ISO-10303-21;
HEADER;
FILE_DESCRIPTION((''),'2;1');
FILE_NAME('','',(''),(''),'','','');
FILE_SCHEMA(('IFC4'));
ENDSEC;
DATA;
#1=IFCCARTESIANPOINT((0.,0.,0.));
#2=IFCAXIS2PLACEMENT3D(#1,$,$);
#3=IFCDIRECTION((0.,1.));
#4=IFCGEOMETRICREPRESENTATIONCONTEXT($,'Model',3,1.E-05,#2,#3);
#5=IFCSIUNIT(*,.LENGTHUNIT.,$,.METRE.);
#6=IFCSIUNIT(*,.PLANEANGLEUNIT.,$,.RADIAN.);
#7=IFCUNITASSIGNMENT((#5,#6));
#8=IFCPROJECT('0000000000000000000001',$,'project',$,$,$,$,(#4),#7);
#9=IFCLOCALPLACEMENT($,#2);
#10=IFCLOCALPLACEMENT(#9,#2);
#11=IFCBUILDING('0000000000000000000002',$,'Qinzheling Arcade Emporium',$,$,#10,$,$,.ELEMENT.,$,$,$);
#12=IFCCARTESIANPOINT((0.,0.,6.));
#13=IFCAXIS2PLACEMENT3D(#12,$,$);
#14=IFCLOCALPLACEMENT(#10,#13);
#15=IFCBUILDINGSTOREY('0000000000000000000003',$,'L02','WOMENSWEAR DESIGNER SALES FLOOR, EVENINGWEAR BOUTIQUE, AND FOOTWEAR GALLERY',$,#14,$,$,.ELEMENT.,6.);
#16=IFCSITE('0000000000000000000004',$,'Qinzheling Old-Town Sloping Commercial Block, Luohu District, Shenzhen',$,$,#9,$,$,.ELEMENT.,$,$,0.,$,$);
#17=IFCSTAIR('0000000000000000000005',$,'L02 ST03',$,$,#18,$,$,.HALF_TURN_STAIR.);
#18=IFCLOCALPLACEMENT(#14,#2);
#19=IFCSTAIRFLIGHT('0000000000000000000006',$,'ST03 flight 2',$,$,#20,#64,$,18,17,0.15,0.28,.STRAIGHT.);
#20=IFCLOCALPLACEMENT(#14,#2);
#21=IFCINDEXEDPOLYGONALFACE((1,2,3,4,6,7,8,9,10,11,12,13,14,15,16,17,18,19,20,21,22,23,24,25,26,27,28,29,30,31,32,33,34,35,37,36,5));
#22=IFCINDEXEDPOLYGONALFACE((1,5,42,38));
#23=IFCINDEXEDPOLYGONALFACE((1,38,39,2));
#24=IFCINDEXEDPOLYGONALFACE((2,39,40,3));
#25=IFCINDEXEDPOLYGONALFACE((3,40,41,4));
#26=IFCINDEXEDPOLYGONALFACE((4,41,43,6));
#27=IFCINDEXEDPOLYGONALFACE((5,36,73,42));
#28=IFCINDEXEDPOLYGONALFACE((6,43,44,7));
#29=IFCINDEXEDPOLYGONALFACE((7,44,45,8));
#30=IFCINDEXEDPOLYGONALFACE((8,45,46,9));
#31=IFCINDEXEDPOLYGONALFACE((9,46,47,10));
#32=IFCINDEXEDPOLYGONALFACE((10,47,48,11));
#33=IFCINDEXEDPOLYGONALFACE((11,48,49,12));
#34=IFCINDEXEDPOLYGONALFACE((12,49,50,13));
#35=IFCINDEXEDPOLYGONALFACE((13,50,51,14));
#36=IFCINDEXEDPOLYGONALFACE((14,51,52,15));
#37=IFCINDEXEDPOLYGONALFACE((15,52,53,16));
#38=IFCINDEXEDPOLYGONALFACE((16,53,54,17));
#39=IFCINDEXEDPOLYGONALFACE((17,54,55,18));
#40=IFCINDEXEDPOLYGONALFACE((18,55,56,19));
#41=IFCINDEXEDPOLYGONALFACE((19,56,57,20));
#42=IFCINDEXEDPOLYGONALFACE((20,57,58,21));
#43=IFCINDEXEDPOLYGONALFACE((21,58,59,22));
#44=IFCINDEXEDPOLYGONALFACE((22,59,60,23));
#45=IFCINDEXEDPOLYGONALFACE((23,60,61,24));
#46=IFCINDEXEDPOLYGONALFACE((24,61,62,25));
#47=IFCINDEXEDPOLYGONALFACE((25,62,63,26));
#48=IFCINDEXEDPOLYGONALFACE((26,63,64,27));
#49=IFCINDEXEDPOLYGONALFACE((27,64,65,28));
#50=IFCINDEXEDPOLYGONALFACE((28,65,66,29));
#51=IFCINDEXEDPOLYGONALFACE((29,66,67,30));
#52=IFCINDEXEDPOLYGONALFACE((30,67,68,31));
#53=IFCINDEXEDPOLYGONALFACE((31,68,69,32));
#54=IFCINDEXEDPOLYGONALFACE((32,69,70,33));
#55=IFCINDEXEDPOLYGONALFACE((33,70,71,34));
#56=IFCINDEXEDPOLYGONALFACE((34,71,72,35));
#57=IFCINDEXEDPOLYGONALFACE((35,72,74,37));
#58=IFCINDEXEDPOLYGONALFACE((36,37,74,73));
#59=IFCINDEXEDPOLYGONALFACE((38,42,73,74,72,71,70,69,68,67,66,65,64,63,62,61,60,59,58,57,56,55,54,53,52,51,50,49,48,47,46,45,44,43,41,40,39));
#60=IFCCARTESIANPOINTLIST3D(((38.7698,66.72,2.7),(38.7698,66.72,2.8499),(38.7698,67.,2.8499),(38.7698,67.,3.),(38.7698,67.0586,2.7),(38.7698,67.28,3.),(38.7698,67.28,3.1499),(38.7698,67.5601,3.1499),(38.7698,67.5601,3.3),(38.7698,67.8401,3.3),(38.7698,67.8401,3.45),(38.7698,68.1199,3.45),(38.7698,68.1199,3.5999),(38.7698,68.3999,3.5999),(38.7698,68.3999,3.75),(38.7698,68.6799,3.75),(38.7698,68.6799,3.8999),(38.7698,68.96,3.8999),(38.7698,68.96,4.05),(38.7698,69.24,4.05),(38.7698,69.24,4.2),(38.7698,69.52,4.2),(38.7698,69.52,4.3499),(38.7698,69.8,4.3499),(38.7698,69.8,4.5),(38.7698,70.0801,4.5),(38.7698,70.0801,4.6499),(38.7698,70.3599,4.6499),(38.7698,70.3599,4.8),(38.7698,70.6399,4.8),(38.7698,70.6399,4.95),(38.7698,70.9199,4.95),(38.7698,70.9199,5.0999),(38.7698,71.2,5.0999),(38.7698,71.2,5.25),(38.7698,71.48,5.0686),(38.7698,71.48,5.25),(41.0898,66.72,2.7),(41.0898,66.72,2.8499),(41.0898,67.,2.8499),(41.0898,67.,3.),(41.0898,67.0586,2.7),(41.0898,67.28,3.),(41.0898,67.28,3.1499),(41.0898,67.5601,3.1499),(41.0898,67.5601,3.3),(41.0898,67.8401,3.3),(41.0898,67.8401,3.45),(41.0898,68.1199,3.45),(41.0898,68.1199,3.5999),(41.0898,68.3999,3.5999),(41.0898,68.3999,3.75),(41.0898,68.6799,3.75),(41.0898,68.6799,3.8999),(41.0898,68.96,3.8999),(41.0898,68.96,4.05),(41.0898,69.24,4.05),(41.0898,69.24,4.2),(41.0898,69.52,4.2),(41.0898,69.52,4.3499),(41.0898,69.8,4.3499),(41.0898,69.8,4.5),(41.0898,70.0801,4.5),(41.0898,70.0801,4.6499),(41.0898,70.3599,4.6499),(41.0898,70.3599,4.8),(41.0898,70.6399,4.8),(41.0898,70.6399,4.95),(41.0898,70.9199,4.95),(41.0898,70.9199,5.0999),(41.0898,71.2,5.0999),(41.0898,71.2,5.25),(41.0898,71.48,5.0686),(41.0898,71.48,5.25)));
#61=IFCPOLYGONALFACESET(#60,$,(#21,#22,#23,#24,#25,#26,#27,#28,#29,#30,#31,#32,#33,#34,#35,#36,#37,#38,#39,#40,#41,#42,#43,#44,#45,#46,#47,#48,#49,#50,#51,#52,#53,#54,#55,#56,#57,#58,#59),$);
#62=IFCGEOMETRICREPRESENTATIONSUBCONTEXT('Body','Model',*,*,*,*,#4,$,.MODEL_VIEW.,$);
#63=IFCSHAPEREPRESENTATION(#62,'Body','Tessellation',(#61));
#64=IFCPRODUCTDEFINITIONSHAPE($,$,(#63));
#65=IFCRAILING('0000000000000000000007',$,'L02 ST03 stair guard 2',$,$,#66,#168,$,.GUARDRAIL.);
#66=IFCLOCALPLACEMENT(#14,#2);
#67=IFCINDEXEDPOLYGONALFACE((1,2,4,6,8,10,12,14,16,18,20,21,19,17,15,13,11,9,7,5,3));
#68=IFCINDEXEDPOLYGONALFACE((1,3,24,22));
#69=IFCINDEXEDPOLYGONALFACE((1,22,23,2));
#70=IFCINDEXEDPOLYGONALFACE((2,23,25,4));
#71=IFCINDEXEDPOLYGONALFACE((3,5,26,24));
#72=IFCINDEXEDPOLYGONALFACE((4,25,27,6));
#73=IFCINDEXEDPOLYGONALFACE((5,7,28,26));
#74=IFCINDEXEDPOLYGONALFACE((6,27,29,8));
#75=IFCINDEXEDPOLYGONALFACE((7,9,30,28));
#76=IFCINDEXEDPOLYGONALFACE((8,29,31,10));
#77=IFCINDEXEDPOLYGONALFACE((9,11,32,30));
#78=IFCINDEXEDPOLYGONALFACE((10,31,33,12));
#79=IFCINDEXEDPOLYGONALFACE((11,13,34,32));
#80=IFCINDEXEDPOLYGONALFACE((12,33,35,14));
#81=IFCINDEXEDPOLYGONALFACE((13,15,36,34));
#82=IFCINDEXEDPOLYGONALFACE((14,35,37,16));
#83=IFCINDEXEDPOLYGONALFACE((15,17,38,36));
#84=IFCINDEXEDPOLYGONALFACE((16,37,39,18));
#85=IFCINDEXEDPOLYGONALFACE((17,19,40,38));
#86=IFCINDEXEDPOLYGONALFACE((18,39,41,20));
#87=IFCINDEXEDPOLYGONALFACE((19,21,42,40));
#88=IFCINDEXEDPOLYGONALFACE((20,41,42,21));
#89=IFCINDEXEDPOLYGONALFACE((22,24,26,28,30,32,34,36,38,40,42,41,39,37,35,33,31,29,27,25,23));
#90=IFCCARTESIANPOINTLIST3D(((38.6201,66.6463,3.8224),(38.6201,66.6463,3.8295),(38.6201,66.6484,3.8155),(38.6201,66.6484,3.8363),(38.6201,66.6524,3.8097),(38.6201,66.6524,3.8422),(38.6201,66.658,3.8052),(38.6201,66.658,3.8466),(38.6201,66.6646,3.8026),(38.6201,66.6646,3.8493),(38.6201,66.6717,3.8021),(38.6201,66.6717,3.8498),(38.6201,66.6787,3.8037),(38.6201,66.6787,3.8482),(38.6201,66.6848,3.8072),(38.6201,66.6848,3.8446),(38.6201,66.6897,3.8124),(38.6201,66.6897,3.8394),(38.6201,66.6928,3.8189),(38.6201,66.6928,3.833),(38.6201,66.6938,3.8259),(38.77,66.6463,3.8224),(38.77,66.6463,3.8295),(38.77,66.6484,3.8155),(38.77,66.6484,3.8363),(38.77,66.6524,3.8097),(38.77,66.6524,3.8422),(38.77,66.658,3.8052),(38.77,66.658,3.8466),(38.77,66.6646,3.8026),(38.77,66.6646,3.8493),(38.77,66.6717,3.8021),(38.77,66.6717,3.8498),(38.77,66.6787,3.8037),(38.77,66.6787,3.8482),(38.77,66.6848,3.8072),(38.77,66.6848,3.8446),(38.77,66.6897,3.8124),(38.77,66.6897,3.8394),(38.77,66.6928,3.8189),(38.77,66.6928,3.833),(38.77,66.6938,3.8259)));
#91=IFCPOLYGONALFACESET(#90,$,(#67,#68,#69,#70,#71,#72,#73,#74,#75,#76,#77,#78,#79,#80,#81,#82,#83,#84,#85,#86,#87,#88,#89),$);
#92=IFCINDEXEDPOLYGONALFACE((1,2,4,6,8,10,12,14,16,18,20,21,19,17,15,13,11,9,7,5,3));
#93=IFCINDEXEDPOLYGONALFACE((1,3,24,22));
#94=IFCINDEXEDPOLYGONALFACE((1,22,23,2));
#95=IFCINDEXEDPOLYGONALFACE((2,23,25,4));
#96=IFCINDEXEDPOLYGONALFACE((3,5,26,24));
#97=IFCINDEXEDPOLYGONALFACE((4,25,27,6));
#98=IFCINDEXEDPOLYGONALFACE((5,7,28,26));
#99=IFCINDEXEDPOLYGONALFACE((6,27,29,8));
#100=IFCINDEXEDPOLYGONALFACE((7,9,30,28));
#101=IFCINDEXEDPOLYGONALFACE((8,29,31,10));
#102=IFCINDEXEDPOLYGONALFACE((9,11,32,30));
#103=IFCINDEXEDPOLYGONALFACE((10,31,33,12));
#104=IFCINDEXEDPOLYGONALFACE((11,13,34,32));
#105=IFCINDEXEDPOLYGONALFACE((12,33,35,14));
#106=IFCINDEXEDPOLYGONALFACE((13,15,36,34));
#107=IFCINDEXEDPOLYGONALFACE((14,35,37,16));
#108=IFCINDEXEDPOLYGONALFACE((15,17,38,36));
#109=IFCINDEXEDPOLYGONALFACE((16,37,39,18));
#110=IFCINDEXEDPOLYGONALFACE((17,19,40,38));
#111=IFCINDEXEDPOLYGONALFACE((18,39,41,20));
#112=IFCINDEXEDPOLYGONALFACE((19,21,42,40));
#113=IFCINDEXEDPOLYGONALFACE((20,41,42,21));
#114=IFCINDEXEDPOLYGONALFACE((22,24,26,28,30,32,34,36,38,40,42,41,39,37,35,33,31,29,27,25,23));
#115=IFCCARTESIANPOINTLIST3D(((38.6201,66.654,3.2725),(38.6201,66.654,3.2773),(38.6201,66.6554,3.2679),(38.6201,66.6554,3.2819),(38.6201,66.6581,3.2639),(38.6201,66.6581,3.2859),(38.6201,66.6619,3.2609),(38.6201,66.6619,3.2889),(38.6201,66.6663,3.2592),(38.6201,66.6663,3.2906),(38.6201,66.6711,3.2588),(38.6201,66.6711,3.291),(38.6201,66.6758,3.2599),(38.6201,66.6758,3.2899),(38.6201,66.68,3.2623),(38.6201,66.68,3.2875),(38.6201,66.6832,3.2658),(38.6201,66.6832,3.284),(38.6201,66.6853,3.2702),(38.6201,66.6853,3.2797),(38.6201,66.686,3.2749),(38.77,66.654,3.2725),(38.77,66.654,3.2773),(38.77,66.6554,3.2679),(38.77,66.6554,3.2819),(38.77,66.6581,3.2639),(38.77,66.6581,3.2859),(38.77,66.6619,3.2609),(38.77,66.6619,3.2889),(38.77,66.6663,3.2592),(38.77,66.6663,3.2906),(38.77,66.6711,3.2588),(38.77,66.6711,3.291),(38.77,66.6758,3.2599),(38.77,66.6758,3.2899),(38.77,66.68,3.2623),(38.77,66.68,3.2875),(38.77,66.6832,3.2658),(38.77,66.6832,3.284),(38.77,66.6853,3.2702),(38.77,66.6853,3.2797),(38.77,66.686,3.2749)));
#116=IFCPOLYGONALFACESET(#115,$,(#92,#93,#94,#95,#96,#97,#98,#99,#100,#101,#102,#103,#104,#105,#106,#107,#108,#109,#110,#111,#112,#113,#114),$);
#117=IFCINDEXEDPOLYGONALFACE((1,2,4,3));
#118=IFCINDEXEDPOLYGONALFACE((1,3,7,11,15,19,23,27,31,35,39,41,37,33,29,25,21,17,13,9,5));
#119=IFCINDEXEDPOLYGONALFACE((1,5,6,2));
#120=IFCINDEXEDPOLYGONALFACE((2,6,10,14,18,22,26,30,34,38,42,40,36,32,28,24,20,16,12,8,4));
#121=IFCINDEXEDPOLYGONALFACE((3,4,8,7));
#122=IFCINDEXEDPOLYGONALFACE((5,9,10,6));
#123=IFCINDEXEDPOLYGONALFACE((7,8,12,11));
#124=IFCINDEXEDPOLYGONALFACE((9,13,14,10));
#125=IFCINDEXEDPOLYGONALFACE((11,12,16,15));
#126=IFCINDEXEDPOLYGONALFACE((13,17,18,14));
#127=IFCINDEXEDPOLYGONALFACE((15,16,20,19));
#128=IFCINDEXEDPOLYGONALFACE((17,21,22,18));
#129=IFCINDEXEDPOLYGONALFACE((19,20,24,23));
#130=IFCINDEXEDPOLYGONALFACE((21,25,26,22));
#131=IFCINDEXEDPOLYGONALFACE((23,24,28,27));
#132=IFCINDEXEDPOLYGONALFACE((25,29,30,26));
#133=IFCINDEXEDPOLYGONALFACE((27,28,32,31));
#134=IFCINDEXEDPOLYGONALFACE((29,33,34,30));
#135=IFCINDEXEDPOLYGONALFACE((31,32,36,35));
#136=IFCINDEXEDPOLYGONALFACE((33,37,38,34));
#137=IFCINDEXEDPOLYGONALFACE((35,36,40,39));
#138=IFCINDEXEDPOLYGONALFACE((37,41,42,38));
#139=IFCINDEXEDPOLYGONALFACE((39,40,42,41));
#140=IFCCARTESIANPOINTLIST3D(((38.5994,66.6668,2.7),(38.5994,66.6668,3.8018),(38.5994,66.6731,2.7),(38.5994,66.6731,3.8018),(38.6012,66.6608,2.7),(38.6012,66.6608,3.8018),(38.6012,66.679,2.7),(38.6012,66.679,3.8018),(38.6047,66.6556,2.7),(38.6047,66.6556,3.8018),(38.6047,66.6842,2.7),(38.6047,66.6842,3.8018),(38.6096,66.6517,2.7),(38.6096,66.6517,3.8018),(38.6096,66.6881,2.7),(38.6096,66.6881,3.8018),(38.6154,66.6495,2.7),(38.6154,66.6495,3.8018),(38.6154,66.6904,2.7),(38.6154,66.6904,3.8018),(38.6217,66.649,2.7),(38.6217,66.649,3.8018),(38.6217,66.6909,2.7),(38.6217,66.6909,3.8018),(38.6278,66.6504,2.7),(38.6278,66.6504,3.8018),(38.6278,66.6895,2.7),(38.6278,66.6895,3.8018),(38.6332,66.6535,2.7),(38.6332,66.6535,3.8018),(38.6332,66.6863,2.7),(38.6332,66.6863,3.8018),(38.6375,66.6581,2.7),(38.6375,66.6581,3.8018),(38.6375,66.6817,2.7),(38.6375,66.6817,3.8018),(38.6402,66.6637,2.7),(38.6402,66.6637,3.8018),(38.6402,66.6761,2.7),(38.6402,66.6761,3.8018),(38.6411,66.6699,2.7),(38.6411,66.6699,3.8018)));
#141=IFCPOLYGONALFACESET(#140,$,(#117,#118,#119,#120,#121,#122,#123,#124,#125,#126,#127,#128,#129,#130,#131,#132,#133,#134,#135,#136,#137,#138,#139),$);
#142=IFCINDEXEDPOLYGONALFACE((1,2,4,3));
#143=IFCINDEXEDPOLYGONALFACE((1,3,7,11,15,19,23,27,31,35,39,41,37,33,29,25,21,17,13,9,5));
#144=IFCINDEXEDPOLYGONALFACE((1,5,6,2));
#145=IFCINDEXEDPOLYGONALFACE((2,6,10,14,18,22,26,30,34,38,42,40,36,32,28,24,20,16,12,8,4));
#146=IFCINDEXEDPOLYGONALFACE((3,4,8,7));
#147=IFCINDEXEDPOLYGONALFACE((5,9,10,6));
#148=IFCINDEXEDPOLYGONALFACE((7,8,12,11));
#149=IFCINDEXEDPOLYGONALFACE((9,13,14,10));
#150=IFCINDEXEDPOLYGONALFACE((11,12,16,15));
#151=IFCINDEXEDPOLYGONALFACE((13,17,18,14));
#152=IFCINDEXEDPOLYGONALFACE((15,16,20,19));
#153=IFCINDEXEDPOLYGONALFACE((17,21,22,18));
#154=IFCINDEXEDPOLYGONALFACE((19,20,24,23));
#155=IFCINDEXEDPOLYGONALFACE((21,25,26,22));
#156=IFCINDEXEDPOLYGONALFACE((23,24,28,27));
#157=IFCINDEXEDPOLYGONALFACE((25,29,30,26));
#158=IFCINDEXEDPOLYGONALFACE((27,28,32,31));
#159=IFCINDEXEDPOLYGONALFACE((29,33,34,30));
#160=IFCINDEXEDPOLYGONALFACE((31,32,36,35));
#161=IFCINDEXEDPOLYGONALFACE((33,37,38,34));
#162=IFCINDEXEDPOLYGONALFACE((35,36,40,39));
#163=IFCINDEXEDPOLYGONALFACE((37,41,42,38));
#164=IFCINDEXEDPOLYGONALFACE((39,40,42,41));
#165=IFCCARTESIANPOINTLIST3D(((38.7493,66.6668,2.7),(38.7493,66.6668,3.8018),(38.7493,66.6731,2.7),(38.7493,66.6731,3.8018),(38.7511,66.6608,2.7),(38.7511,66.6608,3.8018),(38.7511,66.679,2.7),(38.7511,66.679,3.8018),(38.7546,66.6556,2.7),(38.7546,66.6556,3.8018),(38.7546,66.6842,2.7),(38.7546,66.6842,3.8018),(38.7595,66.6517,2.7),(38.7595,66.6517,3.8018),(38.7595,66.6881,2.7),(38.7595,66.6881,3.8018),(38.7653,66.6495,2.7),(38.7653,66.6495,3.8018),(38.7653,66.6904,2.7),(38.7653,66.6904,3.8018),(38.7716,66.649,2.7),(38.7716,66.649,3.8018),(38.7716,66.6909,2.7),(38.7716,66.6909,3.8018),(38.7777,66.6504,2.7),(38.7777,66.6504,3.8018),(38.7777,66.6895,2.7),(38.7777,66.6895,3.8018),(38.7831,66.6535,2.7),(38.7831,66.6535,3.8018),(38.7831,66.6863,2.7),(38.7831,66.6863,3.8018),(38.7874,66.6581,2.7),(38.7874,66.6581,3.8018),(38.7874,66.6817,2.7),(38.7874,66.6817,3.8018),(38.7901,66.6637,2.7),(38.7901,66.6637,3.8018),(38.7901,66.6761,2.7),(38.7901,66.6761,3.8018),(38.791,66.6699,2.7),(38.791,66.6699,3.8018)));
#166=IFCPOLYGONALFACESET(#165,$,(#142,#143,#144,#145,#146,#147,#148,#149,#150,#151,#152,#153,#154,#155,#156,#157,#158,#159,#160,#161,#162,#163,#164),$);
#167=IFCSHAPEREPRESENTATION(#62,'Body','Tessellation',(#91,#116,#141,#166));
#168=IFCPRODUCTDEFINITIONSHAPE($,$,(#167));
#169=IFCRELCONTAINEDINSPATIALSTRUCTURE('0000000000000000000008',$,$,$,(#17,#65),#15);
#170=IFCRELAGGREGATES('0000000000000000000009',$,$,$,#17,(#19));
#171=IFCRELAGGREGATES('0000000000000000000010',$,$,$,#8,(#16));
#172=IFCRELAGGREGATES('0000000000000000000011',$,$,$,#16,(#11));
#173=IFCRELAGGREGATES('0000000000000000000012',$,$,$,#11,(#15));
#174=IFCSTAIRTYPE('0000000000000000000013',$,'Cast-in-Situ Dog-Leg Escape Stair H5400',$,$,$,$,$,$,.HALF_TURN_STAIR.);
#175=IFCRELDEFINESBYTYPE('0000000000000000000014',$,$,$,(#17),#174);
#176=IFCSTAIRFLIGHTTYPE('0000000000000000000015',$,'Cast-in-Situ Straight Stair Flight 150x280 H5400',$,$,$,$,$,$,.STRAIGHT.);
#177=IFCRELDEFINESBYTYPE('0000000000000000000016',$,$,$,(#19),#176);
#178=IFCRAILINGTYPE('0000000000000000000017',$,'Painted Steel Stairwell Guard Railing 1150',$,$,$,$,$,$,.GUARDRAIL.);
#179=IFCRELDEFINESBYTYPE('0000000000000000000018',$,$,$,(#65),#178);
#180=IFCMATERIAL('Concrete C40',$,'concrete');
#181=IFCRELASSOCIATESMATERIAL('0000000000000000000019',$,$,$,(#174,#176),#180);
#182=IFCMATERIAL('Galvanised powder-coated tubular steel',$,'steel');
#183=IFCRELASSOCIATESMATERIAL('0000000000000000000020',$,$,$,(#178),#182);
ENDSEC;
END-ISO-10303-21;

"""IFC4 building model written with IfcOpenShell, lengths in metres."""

from ifc_helpers import new_model, si_unit, direction, frame, origin, origin_2d, place, context, subcontext, project, spatial, polyline, circle, outline, extrude, material, type_object, element, aggregate, save


model = new_model("IFC4")

# Units and contexts
model_context = context("Model", 3, precision=1e-05, world=origin(), true_north=direction((0.0, 1.0)))
body_context = subcontext(model_context, "Body", "Model", "MODEL_VIEW")
ifc_project = project(units=[si_unit("LENGTHUNIT", "METRE"), si_unit("PLANEANGLEUNIT", "RADIAN")], contexts=[model_context])

# Site, building, storey
site_placement = place(None, origin())
site = spatial("IfcSite", under=ifc_project, at=site_placement, Name="Qinzheling Old-Town Sloping Commercial Block, Luohu District, Shenzhen", CompositionType="ELEMENT", RefElevation=0.0)
building_placement = place(site_placement, origin())
building = spatial("IfcBuilding", under=site, at=building_placement, Name="Qinzheling Arcade Emporium", CompositionType="ELEMENT")
storey_placement = place(building_placement, frame((0.0, 0.0, 6.0)))
storey = spatial("IfcBuildingStorey", under=building, at=storey_placement, Name="L02", Description="WOMENSWEAR DESIGNER SALES FLOOR, EVENINGWEAR BOUTIQUE, AND FOOTWEAR GALLERY", CompositionType="ELEMENT", Elevation=6.0)

# Shared definitions
ifc_material_1 = material(Name="Concrete C40", Category="concrete")

# Stair, stair flight
stair_type = type_object("IfcStairType", Name="Cast-in-Situ Dog-Leg Escape Stair H5400", PredefinedType="HALF_TURN_STAIR", material=ifc_material_1)
stair_placement = place(storey_placement, origin())
stair = element("IfcStair", 1, at=stair_placement, inside=storey, type_object=stair_type, Name="L02 ST03", PredefinedType="HALF_TURN_STAIR")
stair_flight_type = type_object("IfcStairFlightType", Name="Cast-in-Situ Straight Stair Flight 150x280 H5400", PredefinedType="STRAIGHT", material=ifc_material_1)
stair_flight_1_placement = place(storey_placement, frame((39.9299, 66.72, 2.7), z_axis=(0.0, 0.0, 1.0), x_axis=(0.0, 1.0, 0.0)))
stair_flight_1 = element("IfcStairFlight", 2, at=stair_flight_1_placement, type_object=stair_flight_type, Name="ST03 flight 2", NumberOfRisers=18, NumberOfTreads=17, PredefinedType="STRAIGHT", RiserHeight=0.15, TreadLength=0.28, context=body_context, shape_type="SweptSolid", body=[
    extrude(outline(polyline([(0.0, 0.0), (0.0, 0.1499), (0.28, 0.1499), (0.28, 0.3), (0.5601, 0.3), (0.5601, 0.45), (0.8401, 0.45), (0.8401, 0.6001), (1.1201, 0.6001), (1.1201, 0.75), (1.3999, 0.75), (1.3999, 0.8999), (1.6799, 0.8999), (1.6799, 1.05), (1.96, 1.05), (1.96, 1.2), (2.24, 1.2), (2.24, 1.3501), (2.52, 1.3501), (2.52, 1.5), (2.8, 1.5), (2.8, 1.6499), (3.0801, 1.6499), (3.0801, 1.8), (3.3601, 1.8), (3.3601, 1.95), (3.6399, 1.95), (3.6399, 2.1001), (3.9199, 2.1001), (3.9199, 2.25), (4.2, 2.25), (4.2, 2.3999), (4.48, 2.3999), (4.48, 2.55), (4.76, 2.55), (4.76, 2.7), (4.76, 2.3687), (0.3386, 0.0), (0.0, 0.0)])), frame((0.0, 1.1602, 0.0), z_axis=(0.0, -1.0, 0.0), x_axis=(1.0, 0.0, 0.0)), (0.0, 0.0, 1.0), 2.3201),
])
aggregate(stair, [stair_flight_1])

# Railing
ifc_material_2 = material(Name="Galvanised powder-coated tubular steel", Category="steel")
railing_type_1 = type_object("IfcRailingType", Name="Painted Steel Stairwell Guard Railing 1150", PredefinedType="GUARDRAIL", material=ifc_material_2)
railing_1_placement = place(storey_placement, frame((38.6201, 66.6699, 2.7)))
element("IfcRailing", 3, at=railing_1_placement, inside=storey, type_object=railing_type_1, Name="L02 ST03 stair guard 2", PredefinedType="GUARDRAIL", context=body_context, shape_type="SweptSolid", body=[
    extrude(circle(Radius=0.0239, at=origin_2d()), frame((0.0, 0.0, 1.126), z_axis=(1.0, 0.0, 0.0), x_axis=(0.0, 1.0, 0.0)), (0.0, 0.0, 1.0), 0.1499),
    extrude(circle(Radius=0.0161, at=origin_2d()), frame((0.0, 0.0, 0.575), z_axis=(1.0, 0.0, 0.0), x_axis=(0.0, 1.0, 0.0)), (0.0, 0.0, 1.0), 0.1499),
    extrude(circle(Radius=0.021, at=origin_2d()), origin(), (0.0, 0.0, 1.0), 1.1018),
    extrude(circle(Radius=0.021, at=origin_2d()), frame((0.1499, 0.0, 0.0)), (0.0, 0.0, 1.0), 1.1018),
])

save(model, "model.ifc")
